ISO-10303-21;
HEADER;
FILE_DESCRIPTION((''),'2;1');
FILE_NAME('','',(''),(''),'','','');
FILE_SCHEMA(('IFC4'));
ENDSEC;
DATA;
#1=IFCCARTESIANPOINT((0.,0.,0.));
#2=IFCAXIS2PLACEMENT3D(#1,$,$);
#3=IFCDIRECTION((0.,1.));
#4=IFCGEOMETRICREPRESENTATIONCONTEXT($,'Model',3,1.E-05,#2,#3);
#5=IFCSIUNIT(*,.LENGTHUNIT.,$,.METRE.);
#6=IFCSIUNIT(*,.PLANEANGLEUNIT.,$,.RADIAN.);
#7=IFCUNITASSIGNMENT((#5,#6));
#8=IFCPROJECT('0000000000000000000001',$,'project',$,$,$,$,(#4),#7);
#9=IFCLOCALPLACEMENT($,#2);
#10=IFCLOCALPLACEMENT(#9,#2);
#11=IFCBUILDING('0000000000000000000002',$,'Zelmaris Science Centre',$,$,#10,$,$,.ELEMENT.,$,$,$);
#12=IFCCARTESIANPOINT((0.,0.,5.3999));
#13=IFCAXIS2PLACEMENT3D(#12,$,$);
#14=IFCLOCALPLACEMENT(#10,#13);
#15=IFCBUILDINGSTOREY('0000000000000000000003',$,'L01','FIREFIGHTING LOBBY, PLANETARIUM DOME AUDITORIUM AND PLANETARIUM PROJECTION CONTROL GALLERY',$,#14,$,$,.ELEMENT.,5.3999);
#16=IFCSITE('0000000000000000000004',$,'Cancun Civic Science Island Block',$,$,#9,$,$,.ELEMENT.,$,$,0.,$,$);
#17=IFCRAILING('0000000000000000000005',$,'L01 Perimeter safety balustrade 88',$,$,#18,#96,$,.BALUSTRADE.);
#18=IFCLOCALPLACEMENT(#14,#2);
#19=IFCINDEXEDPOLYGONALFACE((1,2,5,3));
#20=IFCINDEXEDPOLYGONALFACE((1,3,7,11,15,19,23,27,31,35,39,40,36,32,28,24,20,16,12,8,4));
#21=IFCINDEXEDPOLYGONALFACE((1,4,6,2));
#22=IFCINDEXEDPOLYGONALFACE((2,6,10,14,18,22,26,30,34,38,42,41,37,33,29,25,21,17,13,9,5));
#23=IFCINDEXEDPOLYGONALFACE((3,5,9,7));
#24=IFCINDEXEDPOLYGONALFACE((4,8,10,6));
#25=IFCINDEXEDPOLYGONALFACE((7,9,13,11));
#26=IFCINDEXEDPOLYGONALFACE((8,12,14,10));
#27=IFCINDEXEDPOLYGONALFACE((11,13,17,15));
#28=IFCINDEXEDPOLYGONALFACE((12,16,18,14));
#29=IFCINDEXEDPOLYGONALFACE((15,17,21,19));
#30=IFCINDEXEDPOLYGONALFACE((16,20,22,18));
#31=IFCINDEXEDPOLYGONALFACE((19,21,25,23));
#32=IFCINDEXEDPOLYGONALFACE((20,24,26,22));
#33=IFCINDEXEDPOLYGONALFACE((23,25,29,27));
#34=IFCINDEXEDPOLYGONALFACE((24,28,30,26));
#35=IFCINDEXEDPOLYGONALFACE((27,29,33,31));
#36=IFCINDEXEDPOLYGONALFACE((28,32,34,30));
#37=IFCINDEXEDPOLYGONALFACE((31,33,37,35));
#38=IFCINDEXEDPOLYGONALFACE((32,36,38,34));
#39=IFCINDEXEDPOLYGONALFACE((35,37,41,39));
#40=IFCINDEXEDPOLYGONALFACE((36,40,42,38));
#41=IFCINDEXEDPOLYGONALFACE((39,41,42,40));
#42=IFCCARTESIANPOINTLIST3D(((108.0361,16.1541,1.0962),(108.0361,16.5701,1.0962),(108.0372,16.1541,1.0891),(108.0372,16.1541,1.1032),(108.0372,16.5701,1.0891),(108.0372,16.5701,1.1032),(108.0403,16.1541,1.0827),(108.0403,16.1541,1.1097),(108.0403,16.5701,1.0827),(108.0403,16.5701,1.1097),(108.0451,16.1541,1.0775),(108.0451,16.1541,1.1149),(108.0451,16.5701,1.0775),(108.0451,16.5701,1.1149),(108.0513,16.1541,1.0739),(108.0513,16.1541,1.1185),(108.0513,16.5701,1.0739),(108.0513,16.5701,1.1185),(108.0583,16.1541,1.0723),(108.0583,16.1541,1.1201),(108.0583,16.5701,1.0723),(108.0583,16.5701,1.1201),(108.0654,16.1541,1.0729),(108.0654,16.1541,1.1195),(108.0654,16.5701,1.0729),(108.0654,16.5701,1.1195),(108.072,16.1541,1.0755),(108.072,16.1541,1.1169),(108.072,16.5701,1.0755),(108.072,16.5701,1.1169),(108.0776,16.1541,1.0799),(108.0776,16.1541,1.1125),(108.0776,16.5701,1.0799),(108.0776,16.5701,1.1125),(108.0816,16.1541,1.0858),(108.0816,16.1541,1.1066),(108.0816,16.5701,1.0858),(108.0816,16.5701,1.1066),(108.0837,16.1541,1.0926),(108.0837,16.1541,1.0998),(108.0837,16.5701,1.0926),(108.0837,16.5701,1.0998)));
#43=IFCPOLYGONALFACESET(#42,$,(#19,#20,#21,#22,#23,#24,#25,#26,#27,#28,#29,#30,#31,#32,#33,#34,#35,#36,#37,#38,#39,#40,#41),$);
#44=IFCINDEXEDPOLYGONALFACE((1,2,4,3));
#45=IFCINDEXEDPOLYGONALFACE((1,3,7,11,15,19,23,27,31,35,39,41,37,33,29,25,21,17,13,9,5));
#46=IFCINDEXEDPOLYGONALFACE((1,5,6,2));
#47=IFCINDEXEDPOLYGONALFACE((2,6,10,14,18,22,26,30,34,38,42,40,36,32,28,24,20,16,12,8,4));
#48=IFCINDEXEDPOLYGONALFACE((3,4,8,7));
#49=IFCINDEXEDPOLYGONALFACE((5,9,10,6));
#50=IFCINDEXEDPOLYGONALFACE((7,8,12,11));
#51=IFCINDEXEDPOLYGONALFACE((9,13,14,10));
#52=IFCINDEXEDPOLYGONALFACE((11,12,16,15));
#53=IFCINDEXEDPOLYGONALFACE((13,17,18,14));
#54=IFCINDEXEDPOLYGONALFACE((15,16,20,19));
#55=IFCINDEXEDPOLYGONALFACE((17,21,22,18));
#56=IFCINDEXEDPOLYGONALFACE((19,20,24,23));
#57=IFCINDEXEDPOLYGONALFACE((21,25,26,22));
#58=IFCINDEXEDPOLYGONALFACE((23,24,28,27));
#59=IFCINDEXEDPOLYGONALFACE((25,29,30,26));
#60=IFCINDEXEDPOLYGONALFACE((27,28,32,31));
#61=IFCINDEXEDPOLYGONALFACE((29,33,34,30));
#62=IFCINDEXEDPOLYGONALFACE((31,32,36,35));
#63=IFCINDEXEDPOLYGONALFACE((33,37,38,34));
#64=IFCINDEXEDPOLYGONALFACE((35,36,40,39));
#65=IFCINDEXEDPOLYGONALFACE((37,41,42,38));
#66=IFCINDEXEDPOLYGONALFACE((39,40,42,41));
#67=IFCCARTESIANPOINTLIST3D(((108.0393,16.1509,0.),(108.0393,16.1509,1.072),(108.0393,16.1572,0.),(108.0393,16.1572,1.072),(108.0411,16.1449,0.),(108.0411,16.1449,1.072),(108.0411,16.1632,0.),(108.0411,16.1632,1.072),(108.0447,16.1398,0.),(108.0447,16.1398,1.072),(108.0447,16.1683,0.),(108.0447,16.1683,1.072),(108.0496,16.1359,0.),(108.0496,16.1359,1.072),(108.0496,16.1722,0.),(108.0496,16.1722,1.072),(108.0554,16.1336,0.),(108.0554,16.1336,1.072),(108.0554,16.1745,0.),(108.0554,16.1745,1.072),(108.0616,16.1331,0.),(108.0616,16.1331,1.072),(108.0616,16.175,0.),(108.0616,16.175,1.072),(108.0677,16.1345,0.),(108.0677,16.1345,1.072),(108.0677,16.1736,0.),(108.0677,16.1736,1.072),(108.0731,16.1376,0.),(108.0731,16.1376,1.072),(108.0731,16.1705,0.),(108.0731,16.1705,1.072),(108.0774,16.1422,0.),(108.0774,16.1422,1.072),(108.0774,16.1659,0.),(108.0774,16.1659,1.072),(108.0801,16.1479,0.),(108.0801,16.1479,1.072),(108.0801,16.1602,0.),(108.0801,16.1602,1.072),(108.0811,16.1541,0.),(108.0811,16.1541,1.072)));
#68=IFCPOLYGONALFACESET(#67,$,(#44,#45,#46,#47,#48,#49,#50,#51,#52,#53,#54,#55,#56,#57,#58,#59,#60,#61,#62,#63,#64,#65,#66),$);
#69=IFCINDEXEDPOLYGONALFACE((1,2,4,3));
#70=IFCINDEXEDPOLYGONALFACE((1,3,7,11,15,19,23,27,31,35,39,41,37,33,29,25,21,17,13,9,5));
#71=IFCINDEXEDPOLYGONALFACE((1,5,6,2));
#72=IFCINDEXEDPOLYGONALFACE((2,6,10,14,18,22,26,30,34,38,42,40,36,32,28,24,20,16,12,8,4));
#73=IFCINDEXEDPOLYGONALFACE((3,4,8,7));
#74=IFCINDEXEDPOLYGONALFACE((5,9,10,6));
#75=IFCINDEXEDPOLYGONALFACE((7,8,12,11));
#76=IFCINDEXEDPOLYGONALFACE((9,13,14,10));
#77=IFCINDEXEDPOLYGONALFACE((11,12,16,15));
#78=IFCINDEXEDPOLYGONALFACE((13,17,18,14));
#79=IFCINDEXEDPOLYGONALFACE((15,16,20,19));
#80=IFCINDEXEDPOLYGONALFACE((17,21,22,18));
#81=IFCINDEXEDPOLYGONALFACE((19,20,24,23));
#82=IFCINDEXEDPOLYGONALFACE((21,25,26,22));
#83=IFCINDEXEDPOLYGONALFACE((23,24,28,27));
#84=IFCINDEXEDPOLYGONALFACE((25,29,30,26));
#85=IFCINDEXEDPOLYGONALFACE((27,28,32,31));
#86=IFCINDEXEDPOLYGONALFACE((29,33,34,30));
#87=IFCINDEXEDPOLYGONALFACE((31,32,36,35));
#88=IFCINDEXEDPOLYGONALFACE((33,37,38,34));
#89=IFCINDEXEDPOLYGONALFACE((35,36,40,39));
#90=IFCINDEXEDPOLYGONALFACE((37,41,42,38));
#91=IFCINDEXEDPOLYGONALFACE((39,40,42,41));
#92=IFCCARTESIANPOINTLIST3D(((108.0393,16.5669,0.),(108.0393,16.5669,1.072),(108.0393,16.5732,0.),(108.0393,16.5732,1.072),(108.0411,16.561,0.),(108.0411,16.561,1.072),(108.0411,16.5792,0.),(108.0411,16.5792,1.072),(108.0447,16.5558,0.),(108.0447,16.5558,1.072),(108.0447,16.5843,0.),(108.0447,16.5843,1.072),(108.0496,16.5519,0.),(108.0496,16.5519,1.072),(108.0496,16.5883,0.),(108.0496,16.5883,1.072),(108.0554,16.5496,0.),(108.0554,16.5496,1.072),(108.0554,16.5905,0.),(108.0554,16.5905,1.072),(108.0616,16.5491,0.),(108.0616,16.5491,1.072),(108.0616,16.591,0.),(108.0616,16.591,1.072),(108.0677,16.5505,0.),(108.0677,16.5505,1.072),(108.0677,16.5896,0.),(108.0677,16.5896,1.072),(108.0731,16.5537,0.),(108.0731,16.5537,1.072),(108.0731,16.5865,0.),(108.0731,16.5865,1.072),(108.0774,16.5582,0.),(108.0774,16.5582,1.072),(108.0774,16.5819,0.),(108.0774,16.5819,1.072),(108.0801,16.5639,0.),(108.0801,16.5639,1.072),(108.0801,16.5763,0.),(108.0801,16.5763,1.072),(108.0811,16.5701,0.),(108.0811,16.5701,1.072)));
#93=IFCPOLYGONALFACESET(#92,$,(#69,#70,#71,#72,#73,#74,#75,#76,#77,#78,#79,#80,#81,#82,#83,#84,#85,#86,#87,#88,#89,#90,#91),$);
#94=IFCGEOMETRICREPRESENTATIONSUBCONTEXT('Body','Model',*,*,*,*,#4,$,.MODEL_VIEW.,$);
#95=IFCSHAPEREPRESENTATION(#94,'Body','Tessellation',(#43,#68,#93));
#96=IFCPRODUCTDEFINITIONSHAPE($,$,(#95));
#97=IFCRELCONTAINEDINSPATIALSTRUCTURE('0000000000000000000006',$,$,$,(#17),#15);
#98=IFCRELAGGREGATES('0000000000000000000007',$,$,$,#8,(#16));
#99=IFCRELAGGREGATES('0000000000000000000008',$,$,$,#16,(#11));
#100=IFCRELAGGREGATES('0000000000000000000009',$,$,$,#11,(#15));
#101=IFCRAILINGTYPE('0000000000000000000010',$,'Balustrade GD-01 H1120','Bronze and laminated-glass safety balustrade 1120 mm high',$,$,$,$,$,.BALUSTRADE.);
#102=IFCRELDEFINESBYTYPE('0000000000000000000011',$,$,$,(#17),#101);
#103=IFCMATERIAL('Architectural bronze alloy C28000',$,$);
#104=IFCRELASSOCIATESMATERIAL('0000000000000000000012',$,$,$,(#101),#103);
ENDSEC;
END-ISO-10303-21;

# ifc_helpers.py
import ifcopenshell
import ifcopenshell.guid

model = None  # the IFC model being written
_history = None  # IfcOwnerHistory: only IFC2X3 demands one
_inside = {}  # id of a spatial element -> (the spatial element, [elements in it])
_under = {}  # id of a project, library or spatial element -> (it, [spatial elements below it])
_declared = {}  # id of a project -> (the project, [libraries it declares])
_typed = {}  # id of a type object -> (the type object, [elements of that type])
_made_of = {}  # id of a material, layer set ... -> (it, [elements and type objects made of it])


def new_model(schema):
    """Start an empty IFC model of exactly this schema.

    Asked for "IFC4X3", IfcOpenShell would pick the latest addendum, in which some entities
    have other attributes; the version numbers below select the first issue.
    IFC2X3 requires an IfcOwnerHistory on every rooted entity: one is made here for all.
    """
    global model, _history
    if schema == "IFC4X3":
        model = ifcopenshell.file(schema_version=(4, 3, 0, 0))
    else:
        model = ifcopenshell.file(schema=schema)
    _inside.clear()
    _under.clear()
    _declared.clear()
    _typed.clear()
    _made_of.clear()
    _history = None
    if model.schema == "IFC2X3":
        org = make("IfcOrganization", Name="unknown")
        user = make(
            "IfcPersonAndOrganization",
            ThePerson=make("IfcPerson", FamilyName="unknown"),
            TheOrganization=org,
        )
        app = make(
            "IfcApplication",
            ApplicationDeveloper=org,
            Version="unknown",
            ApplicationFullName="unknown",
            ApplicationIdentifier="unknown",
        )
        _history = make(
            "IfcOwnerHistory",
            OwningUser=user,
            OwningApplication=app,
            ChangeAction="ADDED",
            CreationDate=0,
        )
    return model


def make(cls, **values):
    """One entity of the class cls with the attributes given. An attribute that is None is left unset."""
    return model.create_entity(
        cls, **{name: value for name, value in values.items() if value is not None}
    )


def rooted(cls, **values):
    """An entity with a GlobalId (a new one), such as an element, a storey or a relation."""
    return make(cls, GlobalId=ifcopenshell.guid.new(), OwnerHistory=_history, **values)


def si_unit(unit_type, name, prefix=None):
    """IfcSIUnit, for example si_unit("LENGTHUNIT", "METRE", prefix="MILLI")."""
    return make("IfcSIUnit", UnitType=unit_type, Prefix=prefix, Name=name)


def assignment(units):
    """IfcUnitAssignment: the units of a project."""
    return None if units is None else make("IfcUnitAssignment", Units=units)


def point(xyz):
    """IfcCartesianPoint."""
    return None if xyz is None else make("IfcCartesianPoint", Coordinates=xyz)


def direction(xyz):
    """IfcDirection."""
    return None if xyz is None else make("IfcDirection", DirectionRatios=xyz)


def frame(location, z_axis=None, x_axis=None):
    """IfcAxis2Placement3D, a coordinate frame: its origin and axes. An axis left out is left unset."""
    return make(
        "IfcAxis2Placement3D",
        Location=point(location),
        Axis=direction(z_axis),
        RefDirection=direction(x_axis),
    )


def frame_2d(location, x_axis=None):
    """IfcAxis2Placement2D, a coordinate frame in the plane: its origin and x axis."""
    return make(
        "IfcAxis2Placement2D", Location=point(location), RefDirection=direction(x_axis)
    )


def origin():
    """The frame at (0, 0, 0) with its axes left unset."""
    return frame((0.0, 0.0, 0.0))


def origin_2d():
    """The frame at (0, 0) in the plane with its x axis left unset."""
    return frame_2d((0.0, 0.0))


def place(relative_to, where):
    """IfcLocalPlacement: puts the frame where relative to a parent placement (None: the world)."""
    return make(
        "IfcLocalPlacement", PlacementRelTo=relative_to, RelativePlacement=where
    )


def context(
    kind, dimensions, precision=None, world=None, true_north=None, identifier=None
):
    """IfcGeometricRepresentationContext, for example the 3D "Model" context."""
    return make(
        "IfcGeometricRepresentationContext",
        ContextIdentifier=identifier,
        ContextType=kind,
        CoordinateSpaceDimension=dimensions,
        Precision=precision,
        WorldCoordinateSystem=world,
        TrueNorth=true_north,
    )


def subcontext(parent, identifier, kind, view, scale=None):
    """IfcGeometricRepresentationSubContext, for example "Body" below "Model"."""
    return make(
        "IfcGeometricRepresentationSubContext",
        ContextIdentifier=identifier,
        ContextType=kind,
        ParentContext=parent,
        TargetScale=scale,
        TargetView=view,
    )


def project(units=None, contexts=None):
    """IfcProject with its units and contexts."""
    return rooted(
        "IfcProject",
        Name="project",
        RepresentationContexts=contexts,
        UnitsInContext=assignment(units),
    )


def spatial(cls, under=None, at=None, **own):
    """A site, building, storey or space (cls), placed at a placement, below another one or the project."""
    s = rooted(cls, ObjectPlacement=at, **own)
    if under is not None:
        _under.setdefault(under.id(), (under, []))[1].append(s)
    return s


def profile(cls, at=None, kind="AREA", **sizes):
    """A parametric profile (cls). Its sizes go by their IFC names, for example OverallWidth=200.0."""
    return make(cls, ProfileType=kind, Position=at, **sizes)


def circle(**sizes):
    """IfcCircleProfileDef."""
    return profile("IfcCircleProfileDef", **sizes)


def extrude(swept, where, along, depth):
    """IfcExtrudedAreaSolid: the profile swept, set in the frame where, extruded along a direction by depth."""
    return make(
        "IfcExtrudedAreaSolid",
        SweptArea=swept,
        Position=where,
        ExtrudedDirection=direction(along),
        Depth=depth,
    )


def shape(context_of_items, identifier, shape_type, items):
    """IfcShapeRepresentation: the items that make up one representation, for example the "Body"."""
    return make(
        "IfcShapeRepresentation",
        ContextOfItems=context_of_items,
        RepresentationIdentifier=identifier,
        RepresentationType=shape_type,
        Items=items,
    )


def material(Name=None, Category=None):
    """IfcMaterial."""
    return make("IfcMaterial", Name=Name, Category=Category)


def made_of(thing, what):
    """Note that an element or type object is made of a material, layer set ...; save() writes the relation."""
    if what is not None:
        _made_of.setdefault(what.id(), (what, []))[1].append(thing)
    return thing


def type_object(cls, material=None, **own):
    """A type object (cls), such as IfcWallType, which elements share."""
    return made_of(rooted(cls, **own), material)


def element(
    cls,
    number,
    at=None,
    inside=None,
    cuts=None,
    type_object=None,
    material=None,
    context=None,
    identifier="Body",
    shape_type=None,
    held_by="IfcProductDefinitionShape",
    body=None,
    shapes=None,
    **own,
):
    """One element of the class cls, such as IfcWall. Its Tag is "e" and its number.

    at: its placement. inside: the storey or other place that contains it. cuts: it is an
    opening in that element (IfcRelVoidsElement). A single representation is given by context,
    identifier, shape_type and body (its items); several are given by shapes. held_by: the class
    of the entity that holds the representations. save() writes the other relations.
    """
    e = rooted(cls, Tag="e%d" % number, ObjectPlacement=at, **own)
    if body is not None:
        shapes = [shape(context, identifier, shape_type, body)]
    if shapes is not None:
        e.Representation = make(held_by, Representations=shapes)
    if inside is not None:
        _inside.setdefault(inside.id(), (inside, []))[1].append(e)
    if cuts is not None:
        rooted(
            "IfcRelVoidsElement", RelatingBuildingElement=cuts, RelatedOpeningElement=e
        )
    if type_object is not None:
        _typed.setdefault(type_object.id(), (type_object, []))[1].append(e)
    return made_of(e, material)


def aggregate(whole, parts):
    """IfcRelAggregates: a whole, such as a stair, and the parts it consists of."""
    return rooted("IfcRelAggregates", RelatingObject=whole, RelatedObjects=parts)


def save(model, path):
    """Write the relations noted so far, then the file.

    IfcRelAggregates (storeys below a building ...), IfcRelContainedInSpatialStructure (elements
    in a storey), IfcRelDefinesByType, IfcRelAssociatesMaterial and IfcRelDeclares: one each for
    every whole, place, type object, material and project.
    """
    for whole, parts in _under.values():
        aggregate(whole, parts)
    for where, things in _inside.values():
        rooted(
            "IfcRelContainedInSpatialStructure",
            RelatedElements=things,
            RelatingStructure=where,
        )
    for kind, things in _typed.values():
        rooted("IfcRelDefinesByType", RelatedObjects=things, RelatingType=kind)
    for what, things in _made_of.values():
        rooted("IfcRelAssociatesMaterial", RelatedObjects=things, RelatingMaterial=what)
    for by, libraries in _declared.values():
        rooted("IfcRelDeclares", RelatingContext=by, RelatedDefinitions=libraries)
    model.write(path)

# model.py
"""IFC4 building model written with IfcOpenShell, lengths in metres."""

from ifc_helpers import new_model, si_unit, direction, frame, origin, origin_2d, place, context, subcontext, project, spatial, circle, extrude, material, type_object, element, save


model = new_model("IFC4")

# Units and contexts
model_context = context("Model", 3, precision=1e-05, world=origin(), true_north=direction((0.0, 1.0)))
body_context = subcontext(model_context, "Body", "Model", "MODEL_VIEW")
ifc_project = project(units=[si_unit("LENGTHUNIT", "METRE"), si_unit("PLANEANGLEUNIT", "RADIAN")], contexts=[model_context])

# Site, building, storey
site_placement = place(None, origin())
site = spatial("IfcSite", under=ifc_project, at=site_placement, Name="Cancun Civic Science Island Block", CompositionType="ELEMENT", RefElevation=0.0)
building_placement = place(site_placement, origin())
building = spatial("IfcBuilding", under=site, at=building_placement, Name="Zelmaris Science Centre", CompositionType="ELEMENT")
storey_placement = place(building_placement, frame((0.0, 0.0, 5.3999)))
storey = spatial("IfcBuildingStorey", under=building, at=storey_placement, Name="L01", Description="FIREFIGHTING LOBBY, PLANETARIUM DOME AUDITORIUM AND PLANETARIUM PROJECTION CONTROL GALLERY", CompositionType="ELEMENT", Elevation=5.3999)

# Railing
ifc_material_1 = material(Name="Architectural bronze alloy C28000")
railing_type = type_object("IfcRailingType", Name="Balustrade GD-01 H1120", Description="Bronze and laminated-glass safety balustrade 1120 mm high", PredefinedType="BALUSTRADE", material=ifc_material_1)
railing_1_placement = place(storey_placement, frame((108.0601, 16.1541, 0.0)))
element("IfcRailing", 1, at=railing_1_placement, inside=storey, type_object=railing_type, Name="L01 Perimeter safety balustrade 88", PredefinedType="BALUSTRADE", context=body_context, shape_type="SweptSolid", body=[
    extrude(circle(Radius=0.0239, at=origin_2d()), frame((0.0, 0.0, 1.0962), z_axis=(0.0, 1.0, 0.0), x_axis=(-1.0, 0.0, 0.0)), (0.0, 0.0, 1.0), 0.416),
    extrude(circle(Radius=0.021, at=origin_2d()), origin(), (0.0, 0.0, 1.0), 1.072),
    extrude(circle(Radius=0.021, at=origin_2d()), frame((0.0, 0.416, 0.0)), (0.0, 0.0, 1.0), 1.072),
])

save(model, "model.ifc")
